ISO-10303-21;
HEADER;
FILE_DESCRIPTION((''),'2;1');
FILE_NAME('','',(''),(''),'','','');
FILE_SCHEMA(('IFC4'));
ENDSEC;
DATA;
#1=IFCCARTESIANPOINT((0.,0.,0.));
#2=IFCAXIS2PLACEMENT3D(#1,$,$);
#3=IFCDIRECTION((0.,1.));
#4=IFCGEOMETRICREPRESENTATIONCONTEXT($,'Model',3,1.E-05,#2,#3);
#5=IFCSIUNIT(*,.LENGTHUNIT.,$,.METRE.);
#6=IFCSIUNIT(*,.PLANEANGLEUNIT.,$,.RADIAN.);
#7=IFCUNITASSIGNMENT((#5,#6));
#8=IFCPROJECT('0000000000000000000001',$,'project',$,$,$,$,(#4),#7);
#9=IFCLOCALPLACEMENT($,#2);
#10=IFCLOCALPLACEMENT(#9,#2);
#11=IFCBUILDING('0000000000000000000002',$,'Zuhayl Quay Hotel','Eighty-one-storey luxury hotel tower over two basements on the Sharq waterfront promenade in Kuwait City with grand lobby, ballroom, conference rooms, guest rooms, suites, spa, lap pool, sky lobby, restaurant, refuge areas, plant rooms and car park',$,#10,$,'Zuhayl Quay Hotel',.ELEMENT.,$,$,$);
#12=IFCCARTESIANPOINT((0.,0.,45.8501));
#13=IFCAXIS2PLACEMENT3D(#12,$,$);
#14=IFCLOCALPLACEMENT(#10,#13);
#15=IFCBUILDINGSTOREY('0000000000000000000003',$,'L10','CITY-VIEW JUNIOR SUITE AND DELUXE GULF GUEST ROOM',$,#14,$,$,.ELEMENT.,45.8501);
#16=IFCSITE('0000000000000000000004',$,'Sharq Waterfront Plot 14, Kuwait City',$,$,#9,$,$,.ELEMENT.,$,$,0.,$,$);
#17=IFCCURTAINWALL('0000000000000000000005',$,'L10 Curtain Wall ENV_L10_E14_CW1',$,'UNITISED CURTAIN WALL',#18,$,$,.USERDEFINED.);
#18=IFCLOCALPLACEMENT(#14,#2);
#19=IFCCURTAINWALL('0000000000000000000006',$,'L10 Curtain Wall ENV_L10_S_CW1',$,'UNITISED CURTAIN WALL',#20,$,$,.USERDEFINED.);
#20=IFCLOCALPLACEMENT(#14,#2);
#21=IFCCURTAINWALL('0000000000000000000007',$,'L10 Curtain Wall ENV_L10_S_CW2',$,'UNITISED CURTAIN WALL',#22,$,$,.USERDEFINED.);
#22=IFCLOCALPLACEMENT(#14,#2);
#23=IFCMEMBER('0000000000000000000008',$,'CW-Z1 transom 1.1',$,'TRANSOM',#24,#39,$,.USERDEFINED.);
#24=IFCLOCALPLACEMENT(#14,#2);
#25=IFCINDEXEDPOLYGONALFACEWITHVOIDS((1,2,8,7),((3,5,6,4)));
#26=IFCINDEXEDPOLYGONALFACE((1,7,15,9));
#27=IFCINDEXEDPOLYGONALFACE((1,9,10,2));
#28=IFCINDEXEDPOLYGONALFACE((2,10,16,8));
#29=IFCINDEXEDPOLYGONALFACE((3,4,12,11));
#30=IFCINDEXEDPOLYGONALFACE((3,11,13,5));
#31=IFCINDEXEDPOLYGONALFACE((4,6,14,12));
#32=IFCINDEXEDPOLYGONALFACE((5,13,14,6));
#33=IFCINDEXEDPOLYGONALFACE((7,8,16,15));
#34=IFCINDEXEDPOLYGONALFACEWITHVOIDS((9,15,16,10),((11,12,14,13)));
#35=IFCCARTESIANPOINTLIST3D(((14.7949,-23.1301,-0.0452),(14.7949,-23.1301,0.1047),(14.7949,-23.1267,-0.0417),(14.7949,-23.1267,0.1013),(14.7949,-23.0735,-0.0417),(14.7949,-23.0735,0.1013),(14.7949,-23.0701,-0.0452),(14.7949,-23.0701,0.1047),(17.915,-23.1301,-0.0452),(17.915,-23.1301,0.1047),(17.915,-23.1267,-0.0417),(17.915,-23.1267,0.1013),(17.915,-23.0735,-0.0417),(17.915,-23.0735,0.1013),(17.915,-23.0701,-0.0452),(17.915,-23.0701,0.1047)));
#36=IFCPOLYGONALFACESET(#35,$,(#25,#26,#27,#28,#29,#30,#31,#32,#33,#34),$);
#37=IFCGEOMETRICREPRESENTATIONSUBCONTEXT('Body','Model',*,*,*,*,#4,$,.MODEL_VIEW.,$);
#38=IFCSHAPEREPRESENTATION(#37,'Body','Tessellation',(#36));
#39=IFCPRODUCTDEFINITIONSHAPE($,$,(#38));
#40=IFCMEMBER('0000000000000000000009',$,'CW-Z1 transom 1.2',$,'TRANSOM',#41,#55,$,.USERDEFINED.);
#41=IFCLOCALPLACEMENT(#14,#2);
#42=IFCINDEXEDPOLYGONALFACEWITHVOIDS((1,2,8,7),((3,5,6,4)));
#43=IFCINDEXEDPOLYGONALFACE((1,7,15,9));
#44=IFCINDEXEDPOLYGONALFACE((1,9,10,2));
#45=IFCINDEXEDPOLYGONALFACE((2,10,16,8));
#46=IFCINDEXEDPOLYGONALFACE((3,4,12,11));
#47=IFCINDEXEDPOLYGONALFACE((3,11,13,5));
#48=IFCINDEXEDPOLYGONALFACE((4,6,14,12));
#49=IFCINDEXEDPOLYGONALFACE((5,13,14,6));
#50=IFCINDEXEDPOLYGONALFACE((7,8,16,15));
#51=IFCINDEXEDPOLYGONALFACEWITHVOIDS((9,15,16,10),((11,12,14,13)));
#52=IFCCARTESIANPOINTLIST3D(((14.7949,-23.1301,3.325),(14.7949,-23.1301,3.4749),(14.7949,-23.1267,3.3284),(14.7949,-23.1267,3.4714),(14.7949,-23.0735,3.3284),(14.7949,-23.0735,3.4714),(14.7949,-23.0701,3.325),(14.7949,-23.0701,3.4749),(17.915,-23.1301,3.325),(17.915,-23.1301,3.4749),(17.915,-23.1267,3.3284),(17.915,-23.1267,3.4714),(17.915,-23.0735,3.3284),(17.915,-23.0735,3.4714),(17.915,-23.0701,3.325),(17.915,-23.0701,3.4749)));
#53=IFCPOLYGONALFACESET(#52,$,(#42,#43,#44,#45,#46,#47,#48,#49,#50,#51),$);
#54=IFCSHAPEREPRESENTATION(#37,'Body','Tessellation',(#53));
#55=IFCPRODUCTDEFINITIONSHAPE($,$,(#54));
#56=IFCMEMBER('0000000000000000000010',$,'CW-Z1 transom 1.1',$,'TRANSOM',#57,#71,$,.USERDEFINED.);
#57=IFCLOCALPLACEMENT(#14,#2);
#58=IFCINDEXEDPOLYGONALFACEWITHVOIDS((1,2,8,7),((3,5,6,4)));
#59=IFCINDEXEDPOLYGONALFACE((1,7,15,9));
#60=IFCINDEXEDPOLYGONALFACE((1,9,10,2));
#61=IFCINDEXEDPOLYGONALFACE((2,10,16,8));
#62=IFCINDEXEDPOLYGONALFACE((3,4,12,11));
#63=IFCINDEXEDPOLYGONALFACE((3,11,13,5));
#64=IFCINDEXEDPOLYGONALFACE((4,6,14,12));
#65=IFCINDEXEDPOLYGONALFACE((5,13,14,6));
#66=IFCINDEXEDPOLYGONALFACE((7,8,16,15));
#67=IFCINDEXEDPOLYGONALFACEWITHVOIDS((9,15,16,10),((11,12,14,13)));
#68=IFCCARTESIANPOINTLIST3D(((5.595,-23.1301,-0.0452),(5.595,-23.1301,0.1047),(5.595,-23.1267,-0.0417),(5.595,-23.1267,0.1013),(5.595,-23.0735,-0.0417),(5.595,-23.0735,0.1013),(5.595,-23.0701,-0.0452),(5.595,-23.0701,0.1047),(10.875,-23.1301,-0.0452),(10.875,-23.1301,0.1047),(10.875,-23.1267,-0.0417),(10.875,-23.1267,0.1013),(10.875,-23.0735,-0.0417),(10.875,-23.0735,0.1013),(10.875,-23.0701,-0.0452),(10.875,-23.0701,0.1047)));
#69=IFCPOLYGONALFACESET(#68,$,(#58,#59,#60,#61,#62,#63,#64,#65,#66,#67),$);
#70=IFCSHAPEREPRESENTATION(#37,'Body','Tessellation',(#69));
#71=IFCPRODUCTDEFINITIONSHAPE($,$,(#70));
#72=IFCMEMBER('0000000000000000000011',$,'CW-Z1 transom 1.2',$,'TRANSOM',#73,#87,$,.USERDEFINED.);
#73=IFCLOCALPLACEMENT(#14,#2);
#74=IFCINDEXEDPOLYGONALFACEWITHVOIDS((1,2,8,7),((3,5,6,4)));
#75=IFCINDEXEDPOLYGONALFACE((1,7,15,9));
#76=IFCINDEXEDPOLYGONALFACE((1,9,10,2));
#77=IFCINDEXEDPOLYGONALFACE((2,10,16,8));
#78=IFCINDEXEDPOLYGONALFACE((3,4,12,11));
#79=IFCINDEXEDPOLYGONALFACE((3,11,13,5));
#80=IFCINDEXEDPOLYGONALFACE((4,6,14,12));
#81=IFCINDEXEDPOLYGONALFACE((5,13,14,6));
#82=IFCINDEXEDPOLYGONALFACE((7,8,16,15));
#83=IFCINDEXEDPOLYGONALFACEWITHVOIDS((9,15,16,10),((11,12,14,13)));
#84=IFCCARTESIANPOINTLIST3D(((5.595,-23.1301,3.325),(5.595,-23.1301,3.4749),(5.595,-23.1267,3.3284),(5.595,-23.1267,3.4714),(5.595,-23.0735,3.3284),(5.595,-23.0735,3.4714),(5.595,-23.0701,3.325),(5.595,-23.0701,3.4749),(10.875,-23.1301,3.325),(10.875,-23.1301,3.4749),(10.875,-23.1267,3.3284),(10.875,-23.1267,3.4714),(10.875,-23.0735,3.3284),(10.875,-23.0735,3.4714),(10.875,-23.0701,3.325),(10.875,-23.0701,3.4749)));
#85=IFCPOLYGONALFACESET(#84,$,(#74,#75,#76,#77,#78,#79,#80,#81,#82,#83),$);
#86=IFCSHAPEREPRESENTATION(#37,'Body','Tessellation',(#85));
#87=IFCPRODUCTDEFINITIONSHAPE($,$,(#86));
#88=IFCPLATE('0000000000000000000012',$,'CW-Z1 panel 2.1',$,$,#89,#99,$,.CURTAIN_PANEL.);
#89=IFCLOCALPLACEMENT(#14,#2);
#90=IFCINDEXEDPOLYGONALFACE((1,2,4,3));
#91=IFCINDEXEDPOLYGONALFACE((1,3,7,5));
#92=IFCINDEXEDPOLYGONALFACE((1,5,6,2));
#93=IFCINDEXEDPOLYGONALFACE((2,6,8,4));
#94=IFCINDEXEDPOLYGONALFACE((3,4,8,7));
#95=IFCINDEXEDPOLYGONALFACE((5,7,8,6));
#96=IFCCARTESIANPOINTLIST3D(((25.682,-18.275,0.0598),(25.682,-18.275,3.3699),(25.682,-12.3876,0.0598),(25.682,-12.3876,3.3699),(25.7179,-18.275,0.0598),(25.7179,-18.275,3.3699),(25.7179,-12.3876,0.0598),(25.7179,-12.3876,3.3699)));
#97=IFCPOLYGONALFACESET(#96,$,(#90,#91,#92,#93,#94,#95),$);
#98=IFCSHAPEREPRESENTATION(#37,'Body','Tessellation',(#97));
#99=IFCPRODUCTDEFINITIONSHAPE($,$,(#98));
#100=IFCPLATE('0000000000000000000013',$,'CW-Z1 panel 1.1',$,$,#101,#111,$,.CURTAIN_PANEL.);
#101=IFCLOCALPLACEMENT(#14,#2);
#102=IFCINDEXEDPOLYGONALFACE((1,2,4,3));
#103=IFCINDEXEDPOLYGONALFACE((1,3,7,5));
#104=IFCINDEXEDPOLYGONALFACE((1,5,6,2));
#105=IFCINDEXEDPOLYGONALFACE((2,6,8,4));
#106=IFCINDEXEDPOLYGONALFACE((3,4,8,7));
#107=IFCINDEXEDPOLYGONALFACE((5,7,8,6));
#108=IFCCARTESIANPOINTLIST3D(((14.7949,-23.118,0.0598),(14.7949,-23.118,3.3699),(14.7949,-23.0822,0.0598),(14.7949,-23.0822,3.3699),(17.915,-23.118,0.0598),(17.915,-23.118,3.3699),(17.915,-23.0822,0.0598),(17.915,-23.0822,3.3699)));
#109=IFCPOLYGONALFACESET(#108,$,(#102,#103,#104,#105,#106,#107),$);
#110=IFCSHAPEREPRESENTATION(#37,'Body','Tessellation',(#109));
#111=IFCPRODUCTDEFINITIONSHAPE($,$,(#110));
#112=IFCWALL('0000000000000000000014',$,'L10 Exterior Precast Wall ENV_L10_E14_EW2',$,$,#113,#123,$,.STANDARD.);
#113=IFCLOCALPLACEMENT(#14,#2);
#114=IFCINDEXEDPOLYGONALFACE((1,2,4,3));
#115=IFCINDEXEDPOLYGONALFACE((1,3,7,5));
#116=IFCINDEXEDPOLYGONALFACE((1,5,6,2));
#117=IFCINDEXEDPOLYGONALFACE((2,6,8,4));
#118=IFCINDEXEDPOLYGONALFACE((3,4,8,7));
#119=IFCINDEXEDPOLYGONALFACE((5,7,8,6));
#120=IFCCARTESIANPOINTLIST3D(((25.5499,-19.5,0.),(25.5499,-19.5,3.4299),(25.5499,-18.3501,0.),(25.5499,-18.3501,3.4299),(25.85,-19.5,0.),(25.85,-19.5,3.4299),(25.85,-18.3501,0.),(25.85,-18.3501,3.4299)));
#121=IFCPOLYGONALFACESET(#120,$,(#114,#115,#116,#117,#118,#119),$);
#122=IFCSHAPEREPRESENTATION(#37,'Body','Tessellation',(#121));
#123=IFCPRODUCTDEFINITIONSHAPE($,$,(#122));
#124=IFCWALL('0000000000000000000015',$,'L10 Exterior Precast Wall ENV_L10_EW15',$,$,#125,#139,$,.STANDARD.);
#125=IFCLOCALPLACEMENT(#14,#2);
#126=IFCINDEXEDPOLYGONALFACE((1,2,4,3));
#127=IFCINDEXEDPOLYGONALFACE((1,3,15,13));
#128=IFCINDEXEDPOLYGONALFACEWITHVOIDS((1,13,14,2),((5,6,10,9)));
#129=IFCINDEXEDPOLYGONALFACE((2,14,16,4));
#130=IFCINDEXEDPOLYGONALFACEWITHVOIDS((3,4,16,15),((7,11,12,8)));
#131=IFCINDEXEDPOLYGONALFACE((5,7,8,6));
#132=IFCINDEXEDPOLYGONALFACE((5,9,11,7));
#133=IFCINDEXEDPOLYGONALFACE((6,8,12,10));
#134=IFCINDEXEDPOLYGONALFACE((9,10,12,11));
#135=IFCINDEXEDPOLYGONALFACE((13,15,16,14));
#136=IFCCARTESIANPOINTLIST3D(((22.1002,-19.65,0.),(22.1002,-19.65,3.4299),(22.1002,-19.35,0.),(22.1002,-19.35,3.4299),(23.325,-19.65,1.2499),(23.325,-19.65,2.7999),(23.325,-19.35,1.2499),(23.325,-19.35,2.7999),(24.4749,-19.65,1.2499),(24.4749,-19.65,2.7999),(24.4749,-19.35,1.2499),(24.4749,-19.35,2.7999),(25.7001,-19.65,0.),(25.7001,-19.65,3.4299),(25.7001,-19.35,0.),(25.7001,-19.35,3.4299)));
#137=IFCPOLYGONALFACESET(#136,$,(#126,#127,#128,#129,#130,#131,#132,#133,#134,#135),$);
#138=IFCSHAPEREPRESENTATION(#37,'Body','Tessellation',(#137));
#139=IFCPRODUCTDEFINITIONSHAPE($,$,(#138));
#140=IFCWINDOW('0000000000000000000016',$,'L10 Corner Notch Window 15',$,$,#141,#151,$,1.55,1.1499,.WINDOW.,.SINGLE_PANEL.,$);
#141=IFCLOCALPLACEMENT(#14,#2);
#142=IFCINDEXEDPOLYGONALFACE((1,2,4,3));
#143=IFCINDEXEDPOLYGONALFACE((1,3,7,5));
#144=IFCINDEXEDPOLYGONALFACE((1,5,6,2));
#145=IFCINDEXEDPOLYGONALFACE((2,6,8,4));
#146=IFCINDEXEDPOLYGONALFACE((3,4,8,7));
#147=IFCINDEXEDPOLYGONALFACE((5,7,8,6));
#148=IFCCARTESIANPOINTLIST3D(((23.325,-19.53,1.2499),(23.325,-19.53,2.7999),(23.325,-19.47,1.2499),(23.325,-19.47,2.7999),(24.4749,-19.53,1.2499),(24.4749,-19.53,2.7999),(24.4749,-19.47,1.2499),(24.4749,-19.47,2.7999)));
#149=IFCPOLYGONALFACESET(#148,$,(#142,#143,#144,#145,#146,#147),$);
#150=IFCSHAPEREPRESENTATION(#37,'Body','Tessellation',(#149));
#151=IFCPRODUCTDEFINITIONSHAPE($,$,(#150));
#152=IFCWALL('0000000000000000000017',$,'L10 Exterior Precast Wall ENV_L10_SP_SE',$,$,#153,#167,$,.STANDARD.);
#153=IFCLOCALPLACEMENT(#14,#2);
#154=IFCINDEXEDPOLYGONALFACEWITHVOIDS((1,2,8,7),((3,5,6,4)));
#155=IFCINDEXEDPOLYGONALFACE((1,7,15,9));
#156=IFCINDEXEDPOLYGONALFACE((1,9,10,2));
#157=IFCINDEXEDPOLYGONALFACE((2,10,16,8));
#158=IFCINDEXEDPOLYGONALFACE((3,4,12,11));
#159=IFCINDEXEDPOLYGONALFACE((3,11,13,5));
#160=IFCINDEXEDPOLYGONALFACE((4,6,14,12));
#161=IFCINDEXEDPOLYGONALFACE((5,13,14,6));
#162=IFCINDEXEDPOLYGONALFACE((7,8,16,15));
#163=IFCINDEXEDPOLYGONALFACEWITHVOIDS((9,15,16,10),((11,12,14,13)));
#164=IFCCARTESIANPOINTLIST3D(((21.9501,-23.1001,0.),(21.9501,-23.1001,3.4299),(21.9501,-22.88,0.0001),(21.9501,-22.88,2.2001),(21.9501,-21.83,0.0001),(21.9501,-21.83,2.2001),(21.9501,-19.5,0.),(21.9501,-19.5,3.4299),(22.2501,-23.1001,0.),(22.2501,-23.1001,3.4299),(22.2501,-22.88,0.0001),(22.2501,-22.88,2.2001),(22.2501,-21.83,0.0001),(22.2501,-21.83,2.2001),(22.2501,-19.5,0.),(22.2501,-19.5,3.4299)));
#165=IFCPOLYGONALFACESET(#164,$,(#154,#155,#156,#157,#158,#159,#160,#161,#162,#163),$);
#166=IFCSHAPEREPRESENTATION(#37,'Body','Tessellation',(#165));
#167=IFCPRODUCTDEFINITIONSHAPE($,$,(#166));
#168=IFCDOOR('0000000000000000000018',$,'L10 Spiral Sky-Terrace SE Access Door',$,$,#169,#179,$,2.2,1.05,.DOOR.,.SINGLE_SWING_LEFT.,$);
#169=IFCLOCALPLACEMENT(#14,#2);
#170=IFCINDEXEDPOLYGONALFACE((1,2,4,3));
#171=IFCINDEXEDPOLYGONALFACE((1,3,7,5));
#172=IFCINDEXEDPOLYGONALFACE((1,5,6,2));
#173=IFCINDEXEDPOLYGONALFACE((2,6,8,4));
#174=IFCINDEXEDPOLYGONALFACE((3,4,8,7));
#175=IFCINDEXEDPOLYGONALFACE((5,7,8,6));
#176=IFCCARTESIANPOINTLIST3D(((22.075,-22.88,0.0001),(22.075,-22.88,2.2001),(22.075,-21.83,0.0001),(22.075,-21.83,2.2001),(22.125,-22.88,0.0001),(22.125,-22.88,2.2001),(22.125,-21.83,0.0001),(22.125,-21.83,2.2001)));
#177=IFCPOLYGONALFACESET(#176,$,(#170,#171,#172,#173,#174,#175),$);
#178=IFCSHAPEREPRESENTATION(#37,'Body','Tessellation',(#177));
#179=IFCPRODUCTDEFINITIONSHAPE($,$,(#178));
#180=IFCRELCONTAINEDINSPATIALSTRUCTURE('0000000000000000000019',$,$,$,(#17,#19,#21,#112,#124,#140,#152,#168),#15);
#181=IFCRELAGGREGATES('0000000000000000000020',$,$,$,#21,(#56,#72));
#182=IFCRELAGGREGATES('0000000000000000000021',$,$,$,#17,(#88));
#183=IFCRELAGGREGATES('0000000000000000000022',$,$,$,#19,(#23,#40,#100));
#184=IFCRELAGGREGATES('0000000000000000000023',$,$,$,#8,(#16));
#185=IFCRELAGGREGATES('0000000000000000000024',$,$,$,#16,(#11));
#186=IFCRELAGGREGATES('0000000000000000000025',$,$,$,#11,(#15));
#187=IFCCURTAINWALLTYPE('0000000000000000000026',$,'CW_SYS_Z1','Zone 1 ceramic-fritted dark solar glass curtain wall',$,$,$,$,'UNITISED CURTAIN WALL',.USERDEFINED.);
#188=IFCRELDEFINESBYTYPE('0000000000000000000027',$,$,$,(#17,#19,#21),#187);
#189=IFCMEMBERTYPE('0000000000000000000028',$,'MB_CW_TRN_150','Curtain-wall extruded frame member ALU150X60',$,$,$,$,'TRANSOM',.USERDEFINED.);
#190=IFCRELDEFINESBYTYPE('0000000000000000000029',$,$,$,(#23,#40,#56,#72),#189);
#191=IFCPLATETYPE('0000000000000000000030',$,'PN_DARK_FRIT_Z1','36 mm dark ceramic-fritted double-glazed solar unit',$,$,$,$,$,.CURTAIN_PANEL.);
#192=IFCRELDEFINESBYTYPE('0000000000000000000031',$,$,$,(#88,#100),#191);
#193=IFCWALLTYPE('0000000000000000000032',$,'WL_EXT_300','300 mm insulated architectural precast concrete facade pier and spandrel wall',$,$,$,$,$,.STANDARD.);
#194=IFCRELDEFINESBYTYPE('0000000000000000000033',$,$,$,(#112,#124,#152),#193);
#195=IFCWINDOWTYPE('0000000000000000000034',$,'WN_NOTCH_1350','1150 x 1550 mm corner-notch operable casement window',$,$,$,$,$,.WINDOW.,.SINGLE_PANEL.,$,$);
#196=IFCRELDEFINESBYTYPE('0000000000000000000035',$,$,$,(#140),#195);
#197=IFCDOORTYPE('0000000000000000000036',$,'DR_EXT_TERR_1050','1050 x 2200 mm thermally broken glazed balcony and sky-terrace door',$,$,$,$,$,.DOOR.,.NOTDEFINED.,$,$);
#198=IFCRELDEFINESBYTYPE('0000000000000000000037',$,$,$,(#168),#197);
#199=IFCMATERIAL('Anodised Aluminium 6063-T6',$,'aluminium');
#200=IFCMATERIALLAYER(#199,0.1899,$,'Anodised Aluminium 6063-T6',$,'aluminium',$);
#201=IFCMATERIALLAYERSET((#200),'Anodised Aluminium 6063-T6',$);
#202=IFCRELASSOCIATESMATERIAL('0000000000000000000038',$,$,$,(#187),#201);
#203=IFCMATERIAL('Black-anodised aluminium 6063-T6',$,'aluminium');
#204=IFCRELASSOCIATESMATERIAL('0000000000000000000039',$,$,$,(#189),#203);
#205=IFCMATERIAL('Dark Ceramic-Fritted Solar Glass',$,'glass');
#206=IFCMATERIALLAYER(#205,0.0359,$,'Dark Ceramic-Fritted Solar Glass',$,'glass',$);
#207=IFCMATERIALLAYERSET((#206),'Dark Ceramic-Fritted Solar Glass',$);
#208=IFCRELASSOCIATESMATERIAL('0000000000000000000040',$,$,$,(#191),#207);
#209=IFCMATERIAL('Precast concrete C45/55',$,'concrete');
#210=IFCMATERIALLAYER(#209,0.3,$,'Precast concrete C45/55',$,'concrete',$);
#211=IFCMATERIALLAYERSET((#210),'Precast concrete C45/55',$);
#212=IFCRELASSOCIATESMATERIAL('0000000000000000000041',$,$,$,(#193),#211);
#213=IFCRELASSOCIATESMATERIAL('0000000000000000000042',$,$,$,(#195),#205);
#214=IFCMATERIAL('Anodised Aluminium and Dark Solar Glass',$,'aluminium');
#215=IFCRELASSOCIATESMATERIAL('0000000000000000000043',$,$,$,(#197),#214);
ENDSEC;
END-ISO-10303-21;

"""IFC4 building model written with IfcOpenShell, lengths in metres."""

from ifc_helpers import new_model, si_unit, direction, frame, frame_2d, origin, origin_2d, place, context, subcontext, project, spatial, rectangle, hollow_rectangle, extrude, material, layer, layer_set, material_profile, profile_set, type_object, element, fill, aggregate, save


model = new_model("IFC4")

# Units and contexts
model_context = context("Model", 3, precision=1e-05, world=origin(), true_north=direction((0.0, 1.0)))
body_context = subcontext(model_context, "Body", "Model", "MODEL_VIEW")
ifc_project = project(units=[si_unit("LENGTHUNIT", "METRE"), si_unit("PLANEANGLEUNIT", "RADIAN")], contexts=[model_context])

# Site, building, storey
site_placement = place(None, origin())
site = spatial("IfcSite", under=ifc_project, at=site_placement, Name="Sharq Waterfront Plot 14, Kuwait City", CompositionType="ELEMENT", RefElevation=0.0)
building_placement = place(site_placement, origin())
building = spatial("IfcBuilding", under=site, at=building_placement, Name="Zuhayl Quay Hotel", Description="Eighty-one-storey luxury hotel tower over two basements on the Sharq waterfront promenade in Kuwait City with grand lobby, ballroom, conference rooms, guest rooms, suites, spa, lap pool, sky lobby, restaurant, refuge areas, plant rooms and car park", LongName="Zuhayl Quay Hotel", CompositionType="ELEMENT")
storey_placement = place(building_placement, frame((0.0, 0.0, 45.8501)))
storey = spatial("IfcBuildingStorey", under=building, at=storey_placement, Name="L10", Description="CITY-VIEW JUNIOR SUITE AND DELUXE GULF GUEST ROOM", CompositionType="ELEMENT", Elevation=45.8501)

# Curtain walls
ifc_material_1 = material(Name="Anodised Aluminium 6063-T6", Category="aluminium")
ifc_layer_1 = layer(ifc_material_1, 0.1899, Name="Anodised Aluminium 6063-T6", Category="aluminium")
ifc_layer_set_1 = layer_set([ifc_layer_1], Name="Anodised Aluminium 6063-T6")
curtain_wall_type = type_object("IfcCurtainWallType", Name="CW_SYS_Z1", Description="Zone 1 ceramic-fritted dark solar glass curtain wall", ElementType="UNITISED CURTAIN WALL", PredefinedType="USERDEFINED", material=ifc_layer_set_1)
curtain_wall_1_placement = place(storey_placement, origin())
curtain_wall_1 = element("IfcCurtainWall", 1, at=curtain_wall_1_placement, inside=storey, type_object=curtain_wall_type, Name="L10 Curtain Wall ENV_L10_E14_CW1", ObjectType="UNITISED CURTAIN WALL", PredefinedType="USERDEFINED")
ifc_material_2 = material(Name="Black-anodised aluminium 6063-T6", Category="aluminium")
curtain_wall_2_placement = place(storey_placement, origin())
curtain_wall_2 = element("IfcCurtainWall", 2, at=curtain_wall_2_placement, inside=storey, type_object=curtain_wall_type, Name="L10 Curtain Wall ENV_L10_S_CW1", ObjectType="UNITISED CURTAIN WALL", PredefinedType="USERDEFINED")

# Curtain wall
curtain_wall_3_placement = place(storey_placement, origin())
curtain_wall_3 = element("IfcCurtainWall", 3, at=curtain_wall_3_placement, inside=storey, type_object=curtain_wall_type, Name="L10 Curtain Wall ENV_L10_S_CW2", ObjectType="UNITISED CURTAIN WALL", PredefinedType="USERDEFINED")

# Members
ifc_material_profile_1 = material_profile(ifc_material_2, hollow_rectangle(XDim=0.0601, YDim=0.1499, WallThickness=0.0034, at=origin_2d()), Name="ALU150X60")
ifc_profile_set_1 = profile_set([ifc_material_profile_1], Name="Black-anodised aluminium 6063-T6")
member_type_1 = type_object("IfcMemberType", Name="MB_CW_TRN_150", Description="Curtain-wall extruded frame member ALU150X60", ElementType="TRANSOM", PredefinedType="USERDEFINED", material=ifc_profile_set_1)
member_1_placement = place(storey_placement, frame((17.915, -23.1001, 0.0298), z_axis=(-1.0, 0.0, 0.0), x_axis=(0.0, -1.0, 0.0)))
member_1 = element("IfcMember", 4, at=member_1_placement, type_object=member_type_1, Name="CW-Z1 transom 1.1", ObjectType="TRANSOM", PredefinedType="USERDEFINED", context=body_context, shape_type="SweptSolid", body=[
    extrude(hollow_rectangle(XDim=0.0601, YDim=0.1499, WallThickness=0.0034, at=origin_2d()), origin(), (0.0, 0.0, 1.0), 3.1201),
])
member_2_placement = place(storey_placement, frame((17.915, -23.1001, 3.3999), z_axis=(-1.0, 0.0, 0.0), x_axis=(0.0, -1.0, 0.0)))
member_2 = element("IfcMember", 5, at=member_2_placement, type_object=member_type_1, Name="CW-Z1 transom 1.2", ObjectType="TRANSOM", PredefinedType="USERDEFINED", context=body_context, shape_type="SweptSolid", body=[
    extrude(hollow_rectangle(XDim=0.0601, YDim=0.1499, WallThickness=0.0034, at=origin_2d()), origin(), (0.0, 0.0, 1.0), 3.1201),
])
member_3_placement = place(storey_placement, frame((10.875, -23.1001, 0.0298), z_axis=(-1.0, 0.0, 0.0), x_axis=(0.0, -1.0, 0.0)))
member_3 = element("IfcMember", 6, at=member_3_placement, type_object=member_type_1, Name="CW-Z1 transom 1.1", ObjectType="TRANSOM", PredefinedType="USERDEFINED", context=body_context, shape_type="SweptSolid", body=[
    extrude(hollow_rectangle(XDim=0.0601, YDim=0.1499, WallThickness=0.0034, at=origin_2d()), origin(), (0.0, 0.0, 1.0), 5.28),
])
member_4_placement = place(storey_placement, frame((10.875, -23.1001, 3.3999), z_axis=(-1.0, 0.0, 0.0), x_axis=(0.0, -1.0, 0.0)))
member_4 = element("IfcMember", 7, at=member_4_placement, type_object=member_type_1, Name="CW-Z1 transom 1.2", ObjectType="TRANSOM", PredefinedType="USERDEFINED", context=body_context, shape_type="SweptSolid", body=[
    extrude(hollow_rectangle(XDim=0.0601, YDim=0.1499, WallThickness=0.0034, at=origin_2d()), origin(), (0.0, 0.0, 1.0), 5.28),
])
aggregate(curtain_wall_3, [member_3, member_4])

# Plates
ifc_material_3 = material(Name="Dark Ceramic-Fritted Solar Glass", Category="glass")
ifc_layer_2 = layer(ifc_material_3, 0.0359, Name="Dark Ceramic-Fritted Solar Glass", Category="glass")
ifc_layer_set_2 = layer_set([ifc_layer_2], Name="Dark Ceramic-Fritted Solar Glass")
plate_type = type_object("IfcPlateType", Name="PN_DARK_FRIT_Z1", Description="36 mm dark ceramic-fritted double-glazed solar unit", PredefinedType="CURTAIN_PANEL", material=ifc_layer_set_2)
plate_1_placement = place(storey_placement, frame((25.7, -15.3313, 0.0598), z_axis=(0.0, 0.0, 1.0), x_axis=(0.0, -1.0, 0.0)))
plate_1 = element("IfcPlate", 8, at=plate_1_placement, type_object=plate_type, Name="CW-Z1 panel 2.1", PredefinedType="CURTAIN_PANEL", context=body_context, shape_type="SweptSolid", body=[
    extrude(rectangle(XDim=5.8875, YDim=0.0359, at=origin_2d()), origin(), (0.0, 0.0, 1.0), 3.3101),
])
aggregate(curtain_wall_1, [plate_1])
plate_2_placement = place(storey_placement, frame((16.355, -23.1001, 0.0598), z_axis=(0.0, 0.0, 1.0), x_axis=(-1.0, 0.0, 0.0)))
plate_2 = element("IfcPlate", 9, at=plate_2_placement, type_object=plate_type, Name="CW-Z1 panel 1.1", PredefinedType="CURTAIN_PANEL", context=body_context, shape_type="SweptSolid", body=[
    extrude(rectangle(XDim=3.1201, YDim=0.0359, at=origin_2d()), origin(), (0.0, 0.0, 1.0), 3.3101),
])
aggregate(curtain_wall_2, [member_1, member_2, plate_2])

# Wall
ifc_material_4 = material(Name="Precast concrete C45/55", Category="concrete")
ifc_layer_3 = layer(ifc_material_4, 0.3, Name="Precast concrete C45/55", Category="concrete")
ifc_layer_set_3 = layer_set([ifc_layer_3], Name="Precast concrete C45/55")
wall_type_1 = type_object("IfcWallType", Name="WL_EXT_300", Description="300 mm insulated architectural precast concrete facade pier and spandrel wall", PredefinedType="STANDARD", material=ifc_layer_set_3)
wall_1_placement = place(storey_placement, frame((25.7, -18.3501, 0.0), z_axis=(0.0, 0.0, 1.0), x_axis=(0.0, -1.0, 0.0)))
element("IfcWall", 10, at=wall_1_placement, inside=storey, type_object=wall_type_1, Name="L10 Exterior Precast Wall ENV_L10_E14_EW2", PredefinedType="STANDARD", context=body_context, shape_type="SweptSolid", body=[
    extrude(rectangle(XDim=1.1499, YDim=0.3, at=frame_2d((0.575, 0.0))), origin(), (0.0, 0.0, 1.0), 3.4299),
])

# Wall, opening, window
wall_2_placement = place(storey_placement, frame((25.7, -19.5, 0.0), z_axis=(0.0, 0.0, 1.0), x_axis=(-1.0, 0.0, 0.0)))
wall_2 = element("IfcWall", 11, at=wall_2_placement, inside=storey, type_object=wall_type_1, Name="L10 Exterior Precast Wall ENV_L10_EW15", PredefinedType="STANDARD", context=body_context, shape_type="SweptSolid", body=[
    extrude(rectangle(XDim=3.5999, YDim=0.3, at=frame_2d((1.7998, 0.0))), origin(), (0.0, 0.0, 1.0), 3.4299),
])
opening_1_placement = place(wall_2_placement, frame((1.2251, 0.0, 1.25)))
opening_1 = element("IfcOpeningElement", 12, at=opening_1_placement, cuts=wall_2, PredefinedType="OPENING", context=body_context, shape_type="SweptSolid", body=[
    extrude(rectangle(XDim=1.1499, YDim=1.55, at=frame_2d((0.575, 0.7749))), frame((0.0, 0.1599, 0.0), z_axis=(0.0, -1.0, 0.0), x_axis=(1.0, 0.0, 0.0)), (0.0, 0.0, 1.0), 0.3201),
])
window_type_1 = type_object("IfcWindowType", Name="WN_NOTCH_1350", Description="1150 x 1550 mm corner-notch operable casement window", PartitioningType="SINGLE_PANEL", PredefinedType="WINDOW", material=ifc_material_3)
window_1_placement = place(opening_1_placement, origin())
window_1 = element("IfcWindow", 13, at=window_1_placement, inside=storey, type_object=window_type_1, Name="L10 Corner Notch Window 15", OverallHeight=1.55, OverallWidth=1.1499, PartitioningType="SINGLE_PANEL", PredefinedType="WINDOW", context=body_context, shape_type="SweptSolid", body=[
    extrude(rectangle(XDim=1.1499, YDim=1.55, at=frame_2d((0.575, 0.7749))), frame((0.0, 0.03, 0.0), z_axis=(0.0, -1.0, 0.0), x_axis=(1.0, 0.0, 0.0)), (0.0, 0.0, 1.0), 0.0601),
])
fill(opening_1, window_1)

# Wall, opening, door
wall_3_placement = place(storey_placement, frame((22.1001, -19.5, 0.0), z_axis=(0.0, 0.0, 1.0), x_axis=(0.0, -1.0, 0.0)))
wall_3 = element("IfcWall", 14, at=wall_3_placement, inside=storey, type_object=wall_type_1, Name="L10 Exterior Precast Wall ENV_L10_SP_SE", PredefinedType="STANDARD", context=body_context, shape_type="SweptSolid", body=[
    extrude(rectangle(XDim=3.6001, YDim=0.3, at=frame_2d((1.8, 0.0))), origin(), (0.0, 0.0, 1.0), 3.4299),
])
opening_2_placement = place(wall_3_placement, frame((2.3301, 0.0, 0.0)))
opening_2 = element("IfcOpeningElement", 15, at=opening_2_placement, cuts=wall_3, PredefinedType="OPENING", context=body_context, shape_type="SweptSolid", body=[
    extrude(rectangle(XDim=1.05, YDim=2.2, at=frame_2d((0.5249, 1.1001))), frame((0.0, 0.1599, 0.0), z_axis=(0.0, -1.0, 0.0), x_axis=(1.0, 0.0, 0.0)), (0.0, 0.0, 1.0), 0.3201),
])
ifc_material_5 = material(Name="Anodised Aluminium and Dark Solar Glass", Category="aluminium")
door_type = type_object("IfcDoorType", Name="DR_EXT_TERR_1050", Description="1050 x 2200 mm thermally broken glazed balcony and sky-terrace door", OperationType="NOTDEFINED", PredefinedType="DOOR", material=ifc_material_5)
door_placement = place(opening_2_placement, origin())
door = element("IfcDoor", 16, at=door_placement, inside=storey, type_object=door_type, Name="L10 Spiral Sky-Terrace SE Access Door", OperationType="SINGLE_SWING_LEFT", OverallHeight=2.2, OverallWidth=1.05, PredefinedType="DOOR", context=body_context, shape_type="SweptSolid", body=[
    extrude(rectangle(XDim=1.05, YDim=2.2, at=frame_2d((0.5249, 1.1001))), frame((0.0, 0.0249, 0.0), z_axis=(0.0, -1.0, 0.0), x_axis=(1.0, 0.0, 0.0)), (0.0, 0.0, 1.0), 0.05),
])
fill(opening_2, door)

save(model, "model.ifc")
